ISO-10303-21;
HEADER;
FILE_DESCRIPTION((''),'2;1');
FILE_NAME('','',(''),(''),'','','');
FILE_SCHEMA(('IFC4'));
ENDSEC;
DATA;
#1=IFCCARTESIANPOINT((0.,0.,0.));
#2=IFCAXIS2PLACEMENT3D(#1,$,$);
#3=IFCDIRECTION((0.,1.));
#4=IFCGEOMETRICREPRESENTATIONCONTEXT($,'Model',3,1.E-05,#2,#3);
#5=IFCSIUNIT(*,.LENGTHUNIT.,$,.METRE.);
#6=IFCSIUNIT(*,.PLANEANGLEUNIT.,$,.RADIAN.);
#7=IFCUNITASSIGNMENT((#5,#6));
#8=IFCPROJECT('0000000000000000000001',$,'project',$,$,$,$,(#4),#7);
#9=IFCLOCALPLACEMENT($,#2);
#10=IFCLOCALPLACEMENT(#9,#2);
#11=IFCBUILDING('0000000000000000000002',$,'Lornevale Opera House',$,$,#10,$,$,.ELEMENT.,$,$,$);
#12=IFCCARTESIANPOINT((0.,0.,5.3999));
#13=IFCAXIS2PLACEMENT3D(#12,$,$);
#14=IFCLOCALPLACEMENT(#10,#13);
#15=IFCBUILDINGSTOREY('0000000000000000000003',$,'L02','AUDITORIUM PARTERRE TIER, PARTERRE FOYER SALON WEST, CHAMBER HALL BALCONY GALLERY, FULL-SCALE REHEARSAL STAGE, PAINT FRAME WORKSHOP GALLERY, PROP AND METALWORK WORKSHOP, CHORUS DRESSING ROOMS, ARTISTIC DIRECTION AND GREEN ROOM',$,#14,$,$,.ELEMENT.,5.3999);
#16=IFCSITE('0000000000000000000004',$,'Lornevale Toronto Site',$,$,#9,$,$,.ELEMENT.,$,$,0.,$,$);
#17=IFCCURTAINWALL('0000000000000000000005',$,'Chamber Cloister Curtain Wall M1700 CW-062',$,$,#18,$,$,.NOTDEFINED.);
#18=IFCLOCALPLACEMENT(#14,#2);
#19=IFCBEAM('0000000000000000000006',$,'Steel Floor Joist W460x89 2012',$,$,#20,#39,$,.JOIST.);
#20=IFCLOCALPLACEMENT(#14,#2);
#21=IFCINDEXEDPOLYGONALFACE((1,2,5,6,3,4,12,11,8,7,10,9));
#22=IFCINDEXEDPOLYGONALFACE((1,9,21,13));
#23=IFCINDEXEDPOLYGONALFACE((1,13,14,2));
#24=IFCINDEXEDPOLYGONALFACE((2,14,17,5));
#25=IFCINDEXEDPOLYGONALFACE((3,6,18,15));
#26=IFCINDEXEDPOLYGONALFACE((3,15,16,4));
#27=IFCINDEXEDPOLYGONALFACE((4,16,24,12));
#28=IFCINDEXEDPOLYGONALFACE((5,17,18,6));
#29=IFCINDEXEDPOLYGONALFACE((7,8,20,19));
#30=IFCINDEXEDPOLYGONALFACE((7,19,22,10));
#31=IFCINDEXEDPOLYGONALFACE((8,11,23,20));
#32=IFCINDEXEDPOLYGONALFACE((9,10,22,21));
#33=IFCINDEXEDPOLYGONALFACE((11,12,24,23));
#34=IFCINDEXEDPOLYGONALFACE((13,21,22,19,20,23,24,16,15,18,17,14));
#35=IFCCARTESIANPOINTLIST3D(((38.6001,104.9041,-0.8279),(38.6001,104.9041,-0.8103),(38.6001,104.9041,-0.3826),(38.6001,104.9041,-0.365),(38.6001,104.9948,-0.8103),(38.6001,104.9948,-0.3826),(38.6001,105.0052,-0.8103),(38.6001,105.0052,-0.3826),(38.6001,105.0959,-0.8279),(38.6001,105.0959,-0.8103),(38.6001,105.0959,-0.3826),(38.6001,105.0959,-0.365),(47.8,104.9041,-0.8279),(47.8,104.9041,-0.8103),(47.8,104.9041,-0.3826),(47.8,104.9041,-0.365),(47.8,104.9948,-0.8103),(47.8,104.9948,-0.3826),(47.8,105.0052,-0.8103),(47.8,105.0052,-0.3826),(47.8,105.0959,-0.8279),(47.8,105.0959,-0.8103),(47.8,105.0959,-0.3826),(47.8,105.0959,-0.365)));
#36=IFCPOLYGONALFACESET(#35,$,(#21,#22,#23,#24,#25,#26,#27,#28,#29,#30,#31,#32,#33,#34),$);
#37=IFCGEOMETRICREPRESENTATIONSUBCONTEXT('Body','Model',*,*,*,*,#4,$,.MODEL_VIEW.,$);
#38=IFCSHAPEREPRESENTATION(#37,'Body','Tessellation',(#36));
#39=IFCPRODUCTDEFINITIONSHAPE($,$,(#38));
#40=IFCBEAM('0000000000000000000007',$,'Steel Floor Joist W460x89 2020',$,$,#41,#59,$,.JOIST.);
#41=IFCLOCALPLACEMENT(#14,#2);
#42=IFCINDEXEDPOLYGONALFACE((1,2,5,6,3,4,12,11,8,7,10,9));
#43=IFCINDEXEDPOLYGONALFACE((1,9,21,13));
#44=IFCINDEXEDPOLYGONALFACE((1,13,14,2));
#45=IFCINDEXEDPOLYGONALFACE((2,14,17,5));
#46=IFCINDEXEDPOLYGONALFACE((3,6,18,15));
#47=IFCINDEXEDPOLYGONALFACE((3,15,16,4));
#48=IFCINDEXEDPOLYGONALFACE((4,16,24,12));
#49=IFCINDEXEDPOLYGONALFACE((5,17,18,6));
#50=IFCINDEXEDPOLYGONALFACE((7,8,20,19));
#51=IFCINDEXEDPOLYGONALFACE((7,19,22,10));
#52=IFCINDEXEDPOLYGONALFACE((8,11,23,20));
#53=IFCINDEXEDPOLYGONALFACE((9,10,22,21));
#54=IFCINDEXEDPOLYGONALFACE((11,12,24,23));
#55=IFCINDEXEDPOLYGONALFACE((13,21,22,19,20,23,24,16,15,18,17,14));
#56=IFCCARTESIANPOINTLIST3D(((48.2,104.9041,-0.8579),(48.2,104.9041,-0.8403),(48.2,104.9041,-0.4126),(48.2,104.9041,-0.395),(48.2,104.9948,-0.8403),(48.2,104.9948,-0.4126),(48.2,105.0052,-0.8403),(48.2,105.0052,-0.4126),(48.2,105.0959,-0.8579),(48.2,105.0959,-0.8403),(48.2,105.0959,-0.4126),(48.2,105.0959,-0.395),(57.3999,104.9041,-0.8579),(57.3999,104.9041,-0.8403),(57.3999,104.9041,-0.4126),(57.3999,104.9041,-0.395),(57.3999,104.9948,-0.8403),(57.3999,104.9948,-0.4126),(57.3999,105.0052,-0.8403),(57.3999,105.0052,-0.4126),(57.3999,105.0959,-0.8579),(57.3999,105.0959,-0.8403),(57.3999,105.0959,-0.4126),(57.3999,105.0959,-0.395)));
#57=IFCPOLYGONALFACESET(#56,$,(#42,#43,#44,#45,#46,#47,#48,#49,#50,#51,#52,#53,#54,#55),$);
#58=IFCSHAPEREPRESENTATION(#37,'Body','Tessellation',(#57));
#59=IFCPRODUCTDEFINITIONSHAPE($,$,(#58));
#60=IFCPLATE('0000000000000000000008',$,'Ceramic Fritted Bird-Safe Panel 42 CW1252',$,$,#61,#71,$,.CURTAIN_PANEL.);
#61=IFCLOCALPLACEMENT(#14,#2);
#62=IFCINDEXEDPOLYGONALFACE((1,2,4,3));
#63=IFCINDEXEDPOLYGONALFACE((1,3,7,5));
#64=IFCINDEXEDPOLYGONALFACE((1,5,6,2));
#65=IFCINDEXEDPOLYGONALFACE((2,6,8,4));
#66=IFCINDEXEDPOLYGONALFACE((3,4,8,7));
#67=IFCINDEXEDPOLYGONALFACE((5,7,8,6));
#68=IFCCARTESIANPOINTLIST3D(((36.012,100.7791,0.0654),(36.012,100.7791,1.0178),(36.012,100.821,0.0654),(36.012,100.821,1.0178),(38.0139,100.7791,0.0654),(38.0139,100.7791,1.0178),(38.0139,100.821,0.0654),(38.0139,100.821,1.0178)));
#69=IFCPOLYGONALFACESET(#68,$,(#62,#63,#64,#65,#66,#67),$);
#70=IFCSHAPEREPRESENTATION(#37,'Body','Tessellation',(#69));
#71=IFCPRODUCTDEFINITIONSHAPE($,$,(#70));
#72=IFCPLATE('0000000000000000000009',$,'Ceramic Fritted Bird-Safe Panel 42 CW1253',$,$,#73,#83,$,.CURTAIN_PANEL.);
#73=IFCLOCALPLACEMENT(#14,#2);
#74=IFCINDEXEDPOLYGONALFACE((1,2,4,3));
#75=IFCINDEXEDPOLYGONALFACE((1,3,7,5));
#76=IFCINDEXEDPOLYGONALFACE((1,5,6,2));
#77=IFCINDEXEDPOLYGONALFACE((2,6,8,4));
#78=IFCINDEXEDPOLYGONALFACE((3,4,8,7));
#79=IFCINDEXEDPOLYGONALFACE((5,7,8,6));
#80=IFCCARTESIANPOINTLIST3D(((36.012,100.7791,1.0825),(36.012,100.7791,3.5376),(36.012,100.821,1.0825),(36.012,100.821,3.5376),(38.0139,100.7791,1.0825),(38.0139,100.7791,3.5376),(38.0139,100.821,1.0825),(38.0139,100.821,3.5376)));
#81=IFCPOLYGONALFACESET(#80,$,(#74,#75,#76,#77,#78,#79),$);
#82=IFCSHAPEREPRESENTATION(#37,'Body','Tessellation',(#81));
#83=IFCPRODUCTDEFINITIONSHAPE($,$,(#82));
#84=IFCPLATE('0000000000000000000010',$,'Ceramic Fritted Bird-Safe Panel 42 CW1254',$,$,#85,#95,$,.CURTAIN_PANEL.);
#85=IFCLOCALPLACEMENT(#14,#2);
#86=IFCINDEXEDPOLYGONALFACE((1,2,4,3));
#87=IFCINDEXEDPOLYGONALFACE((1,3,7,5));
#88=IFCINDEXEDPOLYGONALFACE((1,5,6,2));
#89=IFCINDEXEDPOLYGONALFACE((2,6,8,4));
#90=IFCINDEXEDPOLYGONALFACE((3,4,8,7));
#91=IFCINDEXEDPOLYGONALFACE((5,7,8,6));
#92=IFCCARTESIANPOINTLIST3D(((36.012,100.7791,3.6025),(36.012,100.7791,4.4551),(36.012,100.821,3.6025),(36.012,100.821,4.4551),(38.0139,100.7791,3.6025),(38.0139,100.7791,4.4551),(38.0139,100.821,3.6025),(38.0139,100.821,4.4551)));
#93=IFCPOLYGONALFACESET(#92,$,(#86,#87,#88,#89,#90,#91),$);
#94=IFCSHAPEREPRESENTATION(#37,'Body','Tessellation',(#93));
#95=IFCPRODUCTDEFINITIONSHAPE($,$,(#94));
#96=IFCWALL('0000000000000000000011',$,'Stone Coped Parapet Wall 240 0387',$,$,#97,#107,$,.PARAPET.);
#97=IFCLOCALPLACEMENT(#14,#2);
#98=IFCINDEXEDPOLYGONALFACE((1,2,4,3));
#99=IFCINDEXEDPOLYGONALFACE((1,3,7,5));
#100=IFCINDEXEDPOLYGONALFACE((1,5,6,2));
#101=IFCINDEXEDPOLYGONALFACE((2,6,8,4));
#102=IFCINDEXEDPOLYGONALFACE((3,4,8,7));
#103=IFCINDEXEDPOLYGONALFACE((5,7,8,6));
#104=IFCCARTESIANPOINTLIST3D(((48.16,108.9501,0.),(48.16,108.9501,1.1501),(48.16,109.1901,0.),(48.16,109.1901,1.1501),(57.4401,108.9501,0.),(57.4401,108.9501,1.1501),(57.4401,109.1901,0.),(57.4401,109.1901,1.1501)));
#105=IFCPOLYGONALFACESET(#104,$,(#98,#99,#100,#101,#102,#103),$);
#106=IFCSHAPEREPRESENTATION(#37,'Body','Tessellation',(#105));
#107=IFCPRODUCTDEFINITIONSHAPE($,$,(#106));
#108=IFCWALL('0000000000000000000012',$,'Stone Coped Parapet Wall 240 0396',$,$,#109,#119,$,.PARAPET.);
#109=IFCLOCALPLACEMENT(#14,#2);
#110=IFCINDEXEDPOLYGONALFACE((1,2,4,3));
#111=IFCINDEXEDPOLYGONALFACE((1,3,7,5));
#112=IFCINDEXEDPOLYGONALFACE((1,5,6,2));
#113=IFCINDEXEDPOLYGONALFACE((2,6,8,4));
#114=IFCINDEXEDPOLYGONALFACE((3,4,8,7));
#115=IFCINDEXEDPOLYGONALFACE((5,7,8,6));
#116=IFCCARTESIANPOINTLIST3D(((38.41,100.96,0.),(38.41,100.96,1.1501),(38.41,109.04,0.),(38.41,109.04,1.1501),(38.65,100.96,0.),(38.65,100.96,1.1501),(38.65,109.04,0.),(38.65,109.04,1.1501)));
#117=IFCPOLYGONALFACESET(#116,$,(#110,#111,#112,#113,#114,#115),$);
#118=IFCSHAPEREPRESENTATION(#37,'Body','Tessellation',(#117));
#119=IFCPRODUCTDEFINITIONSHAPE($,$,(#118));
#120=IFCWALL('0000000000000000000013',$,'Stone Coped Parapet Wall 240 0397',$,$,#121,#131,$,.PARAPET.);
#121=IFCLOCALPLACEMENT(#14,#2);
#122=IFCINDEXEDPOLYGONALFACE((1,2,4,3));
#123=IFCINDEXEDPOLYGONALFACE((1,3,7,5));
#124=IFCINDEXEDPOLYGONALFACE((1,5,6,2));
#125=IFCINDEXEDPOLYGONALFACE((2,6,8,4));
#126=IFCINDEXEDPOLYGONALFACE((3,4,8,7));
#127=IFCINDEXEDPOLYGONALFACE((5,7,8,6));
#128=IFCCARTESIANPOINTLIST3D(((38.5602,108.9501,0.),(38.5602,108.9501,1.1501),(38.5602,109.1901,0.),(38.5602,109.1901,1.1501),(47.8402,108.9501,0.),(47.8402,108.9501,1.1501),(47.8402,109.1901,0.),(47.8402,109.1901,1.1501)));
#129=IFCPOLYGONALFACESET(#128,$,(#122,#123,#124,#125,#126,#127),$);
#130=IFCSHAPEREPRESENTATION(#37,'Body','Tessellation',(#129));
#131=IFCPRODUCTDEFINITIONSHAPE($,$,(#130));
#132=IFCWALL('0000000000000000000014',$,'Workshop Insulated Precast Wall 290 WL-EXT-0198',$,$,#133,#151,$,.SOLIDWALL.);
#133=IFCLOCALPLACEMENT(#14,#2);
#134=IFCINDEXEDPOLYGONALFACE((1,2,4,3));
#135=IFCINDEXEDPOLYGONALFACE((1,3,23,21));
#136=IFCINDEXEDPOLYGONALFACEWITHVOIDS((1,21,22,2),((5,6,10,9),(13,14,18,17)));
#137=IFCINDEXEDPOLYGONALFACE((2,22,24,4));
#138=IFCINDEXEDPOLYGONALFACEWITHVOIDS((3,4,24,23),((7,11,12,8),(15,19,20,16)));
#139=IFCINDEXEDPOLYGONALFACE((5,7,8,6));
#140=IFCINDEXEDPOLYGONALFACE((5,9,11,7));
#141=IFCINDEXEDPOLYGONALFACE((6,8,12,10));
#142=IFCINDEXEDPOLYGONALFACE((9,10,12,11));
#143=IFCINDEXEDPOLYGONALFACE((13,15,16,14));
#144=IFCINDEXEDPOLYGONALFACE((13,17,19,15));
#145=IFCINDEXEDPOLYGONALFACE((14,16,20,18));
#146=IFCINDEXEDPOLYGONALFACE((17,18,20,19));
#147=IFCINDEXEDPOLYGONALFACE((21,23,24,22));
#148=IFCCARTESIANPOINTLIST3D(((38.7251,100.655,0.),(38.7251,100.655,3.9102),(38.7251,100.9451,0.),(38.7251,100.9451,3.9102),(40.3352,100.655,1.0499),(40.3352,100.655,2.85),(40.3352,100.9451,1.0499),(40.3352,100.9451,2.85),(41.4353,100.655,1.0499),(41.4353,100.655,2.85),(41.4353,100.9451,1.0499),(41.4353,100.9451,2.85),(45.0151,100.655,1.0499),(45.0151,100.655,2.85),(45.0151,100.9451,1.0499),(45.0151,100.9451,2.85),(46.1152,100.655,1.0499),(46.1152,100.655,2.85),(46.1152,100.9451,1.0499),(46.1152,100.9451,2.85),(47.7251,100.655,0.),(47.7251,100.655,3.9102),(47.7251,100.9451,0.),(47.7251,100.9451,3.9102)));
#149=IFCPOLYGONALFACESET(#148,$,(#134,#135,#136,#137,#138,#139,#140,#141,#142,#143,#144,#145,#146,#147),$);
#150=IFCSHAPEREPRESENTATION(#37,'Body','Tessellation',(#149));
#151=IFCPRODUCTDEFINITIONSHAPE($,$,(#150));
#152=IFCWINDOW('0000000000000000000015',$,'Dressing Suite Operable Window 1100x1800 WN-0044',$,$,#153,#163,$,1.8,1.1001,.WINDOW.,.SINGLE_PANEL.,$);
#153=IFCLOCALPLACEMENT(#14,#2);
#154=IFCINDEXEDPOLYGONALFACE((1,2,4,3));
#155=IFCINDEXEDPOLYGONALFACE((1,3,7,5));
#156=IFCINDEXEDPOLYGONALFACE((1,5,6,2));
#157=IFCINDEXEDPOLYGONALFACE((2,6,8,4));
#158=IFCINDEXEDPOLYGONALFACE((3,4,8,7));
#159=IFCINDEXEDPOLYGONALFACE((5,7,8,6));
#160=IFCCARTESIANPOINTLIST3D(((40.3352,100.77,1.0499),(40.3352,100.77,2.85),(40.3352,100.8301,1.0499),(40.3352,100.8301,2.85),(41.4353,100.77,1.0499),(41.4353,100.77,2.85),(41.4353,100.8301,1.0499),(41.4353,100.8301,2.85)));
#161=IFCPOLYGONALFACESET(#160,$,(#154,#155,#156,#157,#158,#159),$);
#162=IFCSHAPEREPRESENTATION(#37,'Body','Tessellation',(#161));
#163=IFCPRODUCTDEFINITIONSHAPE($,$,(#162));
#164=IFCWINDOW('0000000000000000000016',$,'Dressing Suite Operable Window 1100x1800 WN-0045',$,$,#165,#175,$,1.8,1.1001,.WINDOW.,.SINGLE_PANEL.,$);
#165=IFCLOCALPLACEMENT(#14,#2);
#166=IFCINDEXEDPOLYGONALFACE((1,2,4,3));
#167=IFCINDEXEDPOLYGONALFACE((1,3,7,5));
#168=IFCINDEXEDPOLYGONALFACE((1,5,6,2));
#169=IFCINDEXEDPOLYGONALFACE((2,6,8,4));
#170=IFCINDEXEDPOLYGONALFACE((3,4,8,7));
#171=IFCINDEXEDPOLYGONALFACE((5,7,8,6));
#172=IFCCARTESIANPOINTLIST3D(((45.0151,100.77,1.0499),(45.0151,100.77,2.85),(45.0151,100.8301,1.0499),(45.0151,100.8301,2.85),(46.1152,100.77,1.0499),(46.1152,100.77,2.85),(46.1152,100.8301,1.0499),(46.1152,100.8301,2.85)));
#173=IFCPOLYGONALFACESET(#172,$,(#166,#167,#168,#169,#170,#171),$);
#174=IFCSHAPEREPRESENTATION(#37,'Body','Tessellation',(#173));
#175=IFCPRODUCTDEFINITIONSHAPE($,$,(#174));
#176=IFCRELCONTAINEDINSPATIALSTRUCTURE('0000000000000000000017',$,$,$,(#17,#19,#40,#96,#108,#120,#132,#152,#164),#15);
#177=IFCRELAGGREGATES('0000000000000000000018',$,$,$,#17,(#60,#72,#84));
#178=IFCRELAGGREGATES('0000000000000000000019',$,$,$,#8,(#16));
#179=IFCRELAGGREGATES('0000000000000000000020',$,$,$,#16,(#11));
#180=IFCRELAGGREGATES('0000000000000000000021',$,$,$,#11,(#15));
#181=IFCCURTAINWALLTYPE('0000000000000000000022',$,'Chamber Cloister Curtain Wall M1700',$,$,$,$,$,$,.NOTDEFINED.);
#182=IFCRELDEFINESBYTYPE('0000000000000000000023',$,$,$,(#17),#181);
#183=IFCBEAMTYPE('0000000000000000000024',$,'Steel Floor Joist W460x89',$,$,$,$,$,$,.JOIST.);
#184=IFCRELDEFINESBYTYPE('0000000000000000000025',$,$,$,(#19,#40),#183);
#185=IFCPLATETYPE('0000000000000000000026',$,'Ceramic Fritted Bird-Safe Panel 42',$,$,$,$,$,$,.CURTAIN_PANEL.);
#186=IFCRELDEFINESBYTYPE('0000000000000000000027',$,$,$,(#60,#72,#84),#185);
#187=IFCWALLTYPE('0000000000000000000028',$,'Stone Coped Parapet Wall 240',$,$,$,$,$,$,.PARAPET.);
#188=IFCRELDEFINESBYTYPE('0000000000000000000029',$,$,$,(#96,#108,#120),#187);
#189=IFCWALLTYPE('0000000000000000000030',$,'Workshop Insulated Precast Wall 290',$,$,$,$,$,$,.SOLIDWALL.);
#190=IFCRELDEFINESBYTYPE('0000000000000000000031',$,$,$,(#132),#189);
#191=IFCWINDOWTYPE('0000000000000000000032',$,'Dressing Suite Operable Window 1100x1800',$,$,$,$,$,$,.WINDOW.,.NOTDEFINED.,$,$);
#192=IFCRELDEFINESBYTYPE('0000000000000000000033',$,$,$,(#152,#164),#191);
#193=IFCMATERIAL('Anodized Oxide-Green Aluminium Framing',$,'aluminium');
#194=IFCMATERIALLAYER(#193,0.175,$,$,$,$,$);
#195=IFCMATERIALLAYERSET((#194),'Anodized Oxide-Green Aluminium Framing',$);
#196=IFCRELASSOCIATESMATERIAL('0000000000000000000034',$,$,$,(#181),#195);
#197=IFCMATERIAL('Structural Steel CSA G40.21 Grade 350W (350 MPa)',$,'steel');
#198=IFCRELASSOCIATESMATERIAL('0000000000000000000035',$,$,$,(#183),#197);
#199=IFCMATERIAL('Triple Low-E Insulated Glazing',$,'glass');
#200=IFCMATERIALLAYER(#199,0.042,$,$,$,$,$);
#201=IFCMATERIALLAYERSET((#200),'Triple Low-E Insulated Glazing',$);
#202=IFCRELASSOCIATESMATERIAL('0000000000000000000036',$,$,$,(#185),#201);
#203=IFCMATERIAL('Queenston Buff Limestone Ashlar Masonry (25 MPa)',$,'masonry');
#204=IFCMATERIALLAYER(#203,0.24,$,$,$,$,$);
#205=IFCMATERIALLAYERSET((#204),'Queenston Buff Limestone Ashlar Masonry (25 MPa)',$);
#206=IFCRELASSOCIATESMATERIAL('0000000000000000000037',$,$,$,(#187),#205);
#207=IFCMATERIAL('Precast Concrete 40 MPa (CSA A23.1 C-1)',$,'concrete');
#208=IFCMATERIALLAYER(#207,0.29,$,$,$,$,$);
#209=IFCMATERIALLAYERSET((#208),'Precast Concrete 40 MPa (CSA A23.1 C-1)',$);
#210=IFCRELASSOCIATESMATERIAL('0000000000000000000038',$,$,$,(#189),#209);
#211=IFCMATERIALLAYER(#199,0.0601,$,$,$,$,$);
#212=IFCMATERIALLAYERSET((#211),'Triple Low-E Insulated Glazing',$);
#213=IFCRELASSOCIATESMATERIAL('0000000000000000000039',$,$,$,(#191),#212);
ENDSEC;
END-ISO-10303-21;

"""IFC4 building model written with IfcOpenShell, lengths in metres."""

from ifc_helpers import new_model, si_unit, direction, frame, frame_2d, origin, origin_2d, place, context, subcontext, project, spatial, rectangle, i_section, extrude, material, layer, layer_set, material_profile, profile_set, type_object, element, fill, aggregate, save


model = new_model("IFC4")

# Units and contexts
model_context = context("Model", 3, precision=1e-05, world=origin(), true_north=direction((0.0, 1.0)))
body_context = subcontext(model_context, "Body", "Model", "MODEL_VIEW")
ifc_project = project(units=[si_unit("LENGTHUNIT", "METRE"), si_unit("PLANEANGLEUNIT", "RADIAN")], contexts=[model_context])

# Site, building, storey
site_placement = place(None, origin())
site = spatial("IfcSite", under=ifc_project, at=site_placement, Name="Lornevale Toronto Site", CompositionType="ELEMENT", RefElevation=0.0)
building_placement = place(site_placement, origin())
building = spatial("IfcBuilding", under=site, at=building_placement, Name="Lornevale Opera House", CompositionType="ELEMENT")
storey_placement = place(building_placement, frame((0.0, 0.0, 5.3999)))
storey = spatial("IfcBuildingStorey", under=building, at=storey_placement, Name="L02", Description="AUDITORIUM PARTERRE TIER, PARTERRE FOYER SALON WEST, CHAMBER HALL BALCONY GALLERY, FULL-SCALE REHEARSAL STAGE, PAINT FRAME WORKSHOP GALLERY, PROP AND METALWORK WORKSHOP, CHORUS DRESSING ROOMS, ARTISTIC DIRECTION AND GREEN ROOM", CompositionType="ELEMENT", Elevation=5.3999)

# Curtain wall
ifc_material_1 = material(Name="Anodized Oxide-Green Aluminium Framing", Category="aluminium")
ifc_layer_1 = layer(ifc_material_1, 0.175)
ifc_layer_set_1 = layer_set([ifc_layer_1], Name="Anodized Oxide-Green Aluminium Framing")
curtain_wall_type = type_object("IfcCurtainWallType", Name="Chamber Cloister Curtain Wall M1700", PredefinedType="NOTDEFINED", material=ifc_layer_set_1)
curtain_wall_placement = place(storey_placement, origin())
curtain_wall = element("IfcCurtainWall", 1, at=curtain_wall_placement, inside=storey, type_object=curtain_wall_type, Name="Chamber Cloister Curtain Wall M1700 CW-062", PredefinedType="NOTDEFINED")

# Beams
ifc_material_2 = material(Name="Structural Steel CSA G40.21 Grade 350W (350 MPa)", Category="steel")
ifc_material_profile_1 = material_profile(ifc_material_2, i_section(OverallWidth=0.1919, OverallDepth=0.4629, WebThickness=0.0105, FlangeThickness=0.0176, at=origin_2d()), Name="W460x89")
ifc_profile_set_1 = profile_set([ifc_material_profile_1], Name="Structural Steel CSA G40.21 Grade 350W (350 MPa)")
beam_type_1 = type_object("IfcBeamType", Name="Steel Floor Joist W460x89", PredefinedType="JOIST", material=ifc_profile_set_1)
for number, where, z_axis, x_axis, name in (
    (2, (38.6001, 105.0, -0.5964), (1.0, 0.0, 0.0), (0.0, 1.0, 0.0), "Steel Floor Joist W460x89 2012"),
    (3, (48.2, 105.0, -0.6265), (1.0, 0.0, 0.0), (0.0, 1.0, 0.0), "Steel Floor Joist W460x89 2020"),
):
    element("IfcBeam", number, at=place(storey_placement, frame(where, z_axis=z_axis, x_axis=x_axis)), inside=storey, type_object=beam_type_1, Name=name, PredefinedType="JOIST", context=body_context, shape_type="SweptSolid", body=[
        extrude(i_section(OverallWidth=0.1919, OverallDepth=0.4629, WebThickness=0.0105, FlangeThickness=0.0176, at=origin_2d()), origin(), (0.0, 0.0, 1.0), 9.2),
    ])

# Plates
ifc_material_3 = material(Name="Triple Low-E Insulated Glazing", Category="glass")
ifc_layer_2 = layer(ifc_material_3, 0.042)
ifc_layer_set_2 = layer_set([ifc_layer_2], Name="Triple Low-E Insulated Glazing")
plate_type = type_object("IfcPlateType", Name="Ceramic Fritted Bird-Safe Panel 42", PredefinedType="CURTAIN_PANEL", material=ifc_layer_set_2)
plate_1_placement = place(storey_placement, frame((37.0129, 100.8, 0.0654), z_axis=(0.0, 0.0, 1.0), x_axis=(1.0, 0.0, 0.0)))
plate_1 = element("IfcPlate", 4, at=plate_1_placement, type_object=plate_type, Name="Ceramic Fritted Bird-Safe Panel 42 CW1252", PredefinedType="CURTAIN_PANEL", context=body_context, shape_type="SweptSolid", body=[
    extrude(rectangle(XDim=2.002, YDim=0.042, at=origin_2d()), origin(), (0.0, 0.0, 1.0), 0.9524),
])
plate_2_placement = place(storey_placement, frame((37.0129, 100.8, 1.0825), z_axis=(0.0, 0.0, 1.0), x_axis=(1.0, 0.0, 0.0)))
plate_2 = element("IfcPlate", 5, at=plate_2_placement, type_object=plate_type, Name="Ceramic Fritted Bird-Safe Panel 42 CW1253", PredefinedType="CURTAIN_PANEL", context=body_context, shape_type="SweptSolid", body=[
    extrude(rectangle(XDim=2.002, YDim=0.042, at=origin_2d()), origin(), (0.0, 0.0, 1.0), 2.4551),
])
plate_3_placement = place(storey_placement, frame((37.0129, 100.8, 3.6025), z_axis=(0.0, 0.0, 1.0), x_axis=(1.0, 0.0, 0.0)))
plate_3 = element("IfcPlate", 6, at=plate_3_placement, type_object=plate_type, Name="Ceramic Fritted Bird-Safe Panel 42 CW1254", PredefinedType="CURTAIN_PANEL", context=body_context, shape_type="SweptSolid", body=[
    extrude(rectangle(XDim=2.002, YDim=0.042, at=origin_2d()), origin(), (0.0, 0.0, 1.0), 0.8525),
])
aggregate(curtain_wall, [plate_1, plate_2, plate_3])

# Walls
ifc_material_4 = material(Name="Queenston Buff Limestone Ashlar Masonry (25 MPa)", Category="masonry")
ifc_layer_3 = layer(ifc_material_4, 0.24)
ifc_layer_set_3 = layer_set([ifc_layer_3], Name="Queenston Buff Limestone Ashlar Masonry (25 MPa)")
wall_type_1 = type_object("IfcWallType", Name="Stone Coped Parapet Wall 240", PredefinedType="PARAPET", material=ifc_layer_set_3)
wall_1_placement = place(storey_placement, frame((48.1599, 109.0701, 0.0), z_axis=(0.0, 0.0, 1.0), x_axis=(1.0, 0.0, 0.0)))
element("IfcWall", 7, at=wall_1_placement, inside=storey, type_object=wall_type_1, Name="Stone Coped Parapet Wall 240 0387", PredefinedType="PARAPET", context=body_context, shape_type="SweptSolid", body=[
    extrude(rectangle(XDim=9.28, YDim=0.24, at=frame_2d((4.6401, 0.0))), origin(), (0.0, 0.0, 1.0), 1.1501),
])
wall_2_placement = place(storey_placement, frame((38.53, 100.96, 0.0), z_axis=(0.0, 0.0, 1.0), x_axis=(0.0, 1.0, 0.0)))
element("IfcWall", 8, at=wall_2_placement, inside=storey, type_object=wall_type_1, Name="Stone Coped Parapet Wall 240 0396", PredefinedType="PARAPET", context=body_context, shape_type="SweptSolid", body=[
    extrude(rectangle(XDim=8.0801, YDim=0.24, at=frame_2d((4.04, 0.0))), origin(), (0.0, 0.0, 1.0), 1.1501),
])
wall_3_placement = place(storey_placement, frame((38.5601, 109.0701, 0.0), z_axis=(0.0, 0.0, 1.0), x_axis=(1.0, 0.0, 0.0)))
element("IfcWall", 9, at=wall_3_placement, inside=storey, type_object=wall_type_1, Name="Stone Coped Parapet Wall 240 0397", PredefinedType="PARAPET", context=body_context, shape_type="SweptSolid", body=[
    extrude(rectangle(XDim=9.28, YDim=0.24, at=frame_2d((4.6401, 0.0))), origin(), (0.0, 0.0, 1.0), 1.1501),
])

# Wall, openings, windows
ifc_material_5 = material(Name="Precast Concrete 40 MPa (CSA A23.1 C-1)", Category="concrete")
ifc_layer_4 = layer(ifc_material_5, 0.29)
ifc_layer_set_4 = layer_set([ifc_layer_4], Name="Precast Concrete 40 MPa (CSA A23.1 C-1)")
wall_type_2 = type_object("IfcWallType", Name="Workshop Insulated Precast Wall 290", PredefinedType="SOLIDWALL", material=ifc_layer_set_4)
wall_4_placement = place(storey_placement, frame((38.7251, 100.8, 0.0), z_axis=(0.0, 0.0, 1.0), x_axis=(1.0, 0.0, 0.0)))
wall_4 = element("IfcWall", 10, at=wall_4_placement, inside=storey, type_object=wall_type_2, Name="Workshop Insulated Precast Wall 290 WL-EXT-0198", PredefinedType="SOLIDWALL", context=body_context, shape_type="SweptSolid", body=[
    extrude(rectangle(XDim=9.0, YDim=0.29, at=frame_2d((4.5, 0.0))), origin(), (0.0, 0.0, 1.0), 3.9102),
])
opening_1_placement = place(wall_4_placement, frame((1.6101, 0.0, 1.05)))
opening_1 = element("IfcOpeningElement", 11, at=opening_1_placement, cuts=wall_4, PredefinedType="OPENING", context=body_context, shape_type="SweptSolid", body=[
    extrude(rectangle(XDim=1.1001, YDim=1.8, at=frame_2d((0.55, 0.8999))), frame((0.0, 0.155, 0.0), z_axis=(0.0, -1.0, 0.0), x_axis=(1.0, 0.0, 0.0)), (0.0, 0.0, 1.0), 0.3101),
])
opening_2_placement = place(wall_4_placement, frame((6.29, 0.0, 1.05)))
opening_2 = element("IfcOpeningElement", 12, at=opening_2_placement, cuts=wall_4, PredefinedType="OPENING", context=body_context, shape_type="SweptSolid", body=[
    extrude(rectangle(XDim=1.1001, YDim=1.8, at=frame_2d((0.55, 0.8999))), frame((0.0, 0.155, 0.0), z_axis=(0.0, -1.0, 0.0), x_axis=(1.0, 0.0, 0.0)), (0.0, 0.0, 1.0), 0.3101),
])
ifc_layer_5 = layer(ifc_material_3, 0.0601)
ifc_layer_set_5 = layer_set([ifc_layer_5], Name="Triple Low-E Insulated Glazing")
window_type_1 = type_object("IfcWindowType", Name="Dressing Suite Operable Window 1100x1800", PartitioningType="NOTDEFINED", PredefinedType="WINDOW", material=ifc_layer_set_5)
window_1_placement = place(opening_1_placement, origin())
window_1 = element("IfcWindow", 13, at=window_1_placement, inside=storey, type_object=window_type_1, Name="Dressing Suite Operable Window 1100x1800 WN-0044", OverallHeight=1.8, OverallWidth=1.1001, PartitioningType="SINGLE_PANEL", PredefinedType="WINDOW", context=body_context, shape_type="SweptSolid", body=[
    extrude(rectangle(XDim=1.1001, YDim=1.8, at=frame_2d((0.55, 0.8999))), frame((0.0, 0.03, 0.0), z_axis=(0.0, -1.0, 0.0), x_axis=(1.0, 0.0, 0.0)), (0.0, 0.0, 1.0), 0.0601),
])
fill(opening_1, window_1)
window_2_placement = place(opening_2_placement, origin())
window_2 = element("IfcWindow", 14, at=window_2_placement, inside=storey, type_object=window_type_1, Name="Dressing Suite Operable Window 1100x1800 WN-0045", OverallHeight=1.8, OverallWidth=1.1001, PartitioningType="SINGLE_PANEL", PredefinedType="WINDOW", context=body_context, shape_type="SweptSolid", body=[
    extrude(rectangle(XDim=1.1001, YDim=1.8, at=frame_2d((0.55, 0.8999))), frame((0.0, 0.03, 0.0), z_axis=(0.0, -1.0, 0.0), x_axis=(1.0, 0.0, 0.0)), (0.0, 0.0, 1.0), 0.0601),
])
fill(opening_2, window_2)

save(model, "model.ifc")
